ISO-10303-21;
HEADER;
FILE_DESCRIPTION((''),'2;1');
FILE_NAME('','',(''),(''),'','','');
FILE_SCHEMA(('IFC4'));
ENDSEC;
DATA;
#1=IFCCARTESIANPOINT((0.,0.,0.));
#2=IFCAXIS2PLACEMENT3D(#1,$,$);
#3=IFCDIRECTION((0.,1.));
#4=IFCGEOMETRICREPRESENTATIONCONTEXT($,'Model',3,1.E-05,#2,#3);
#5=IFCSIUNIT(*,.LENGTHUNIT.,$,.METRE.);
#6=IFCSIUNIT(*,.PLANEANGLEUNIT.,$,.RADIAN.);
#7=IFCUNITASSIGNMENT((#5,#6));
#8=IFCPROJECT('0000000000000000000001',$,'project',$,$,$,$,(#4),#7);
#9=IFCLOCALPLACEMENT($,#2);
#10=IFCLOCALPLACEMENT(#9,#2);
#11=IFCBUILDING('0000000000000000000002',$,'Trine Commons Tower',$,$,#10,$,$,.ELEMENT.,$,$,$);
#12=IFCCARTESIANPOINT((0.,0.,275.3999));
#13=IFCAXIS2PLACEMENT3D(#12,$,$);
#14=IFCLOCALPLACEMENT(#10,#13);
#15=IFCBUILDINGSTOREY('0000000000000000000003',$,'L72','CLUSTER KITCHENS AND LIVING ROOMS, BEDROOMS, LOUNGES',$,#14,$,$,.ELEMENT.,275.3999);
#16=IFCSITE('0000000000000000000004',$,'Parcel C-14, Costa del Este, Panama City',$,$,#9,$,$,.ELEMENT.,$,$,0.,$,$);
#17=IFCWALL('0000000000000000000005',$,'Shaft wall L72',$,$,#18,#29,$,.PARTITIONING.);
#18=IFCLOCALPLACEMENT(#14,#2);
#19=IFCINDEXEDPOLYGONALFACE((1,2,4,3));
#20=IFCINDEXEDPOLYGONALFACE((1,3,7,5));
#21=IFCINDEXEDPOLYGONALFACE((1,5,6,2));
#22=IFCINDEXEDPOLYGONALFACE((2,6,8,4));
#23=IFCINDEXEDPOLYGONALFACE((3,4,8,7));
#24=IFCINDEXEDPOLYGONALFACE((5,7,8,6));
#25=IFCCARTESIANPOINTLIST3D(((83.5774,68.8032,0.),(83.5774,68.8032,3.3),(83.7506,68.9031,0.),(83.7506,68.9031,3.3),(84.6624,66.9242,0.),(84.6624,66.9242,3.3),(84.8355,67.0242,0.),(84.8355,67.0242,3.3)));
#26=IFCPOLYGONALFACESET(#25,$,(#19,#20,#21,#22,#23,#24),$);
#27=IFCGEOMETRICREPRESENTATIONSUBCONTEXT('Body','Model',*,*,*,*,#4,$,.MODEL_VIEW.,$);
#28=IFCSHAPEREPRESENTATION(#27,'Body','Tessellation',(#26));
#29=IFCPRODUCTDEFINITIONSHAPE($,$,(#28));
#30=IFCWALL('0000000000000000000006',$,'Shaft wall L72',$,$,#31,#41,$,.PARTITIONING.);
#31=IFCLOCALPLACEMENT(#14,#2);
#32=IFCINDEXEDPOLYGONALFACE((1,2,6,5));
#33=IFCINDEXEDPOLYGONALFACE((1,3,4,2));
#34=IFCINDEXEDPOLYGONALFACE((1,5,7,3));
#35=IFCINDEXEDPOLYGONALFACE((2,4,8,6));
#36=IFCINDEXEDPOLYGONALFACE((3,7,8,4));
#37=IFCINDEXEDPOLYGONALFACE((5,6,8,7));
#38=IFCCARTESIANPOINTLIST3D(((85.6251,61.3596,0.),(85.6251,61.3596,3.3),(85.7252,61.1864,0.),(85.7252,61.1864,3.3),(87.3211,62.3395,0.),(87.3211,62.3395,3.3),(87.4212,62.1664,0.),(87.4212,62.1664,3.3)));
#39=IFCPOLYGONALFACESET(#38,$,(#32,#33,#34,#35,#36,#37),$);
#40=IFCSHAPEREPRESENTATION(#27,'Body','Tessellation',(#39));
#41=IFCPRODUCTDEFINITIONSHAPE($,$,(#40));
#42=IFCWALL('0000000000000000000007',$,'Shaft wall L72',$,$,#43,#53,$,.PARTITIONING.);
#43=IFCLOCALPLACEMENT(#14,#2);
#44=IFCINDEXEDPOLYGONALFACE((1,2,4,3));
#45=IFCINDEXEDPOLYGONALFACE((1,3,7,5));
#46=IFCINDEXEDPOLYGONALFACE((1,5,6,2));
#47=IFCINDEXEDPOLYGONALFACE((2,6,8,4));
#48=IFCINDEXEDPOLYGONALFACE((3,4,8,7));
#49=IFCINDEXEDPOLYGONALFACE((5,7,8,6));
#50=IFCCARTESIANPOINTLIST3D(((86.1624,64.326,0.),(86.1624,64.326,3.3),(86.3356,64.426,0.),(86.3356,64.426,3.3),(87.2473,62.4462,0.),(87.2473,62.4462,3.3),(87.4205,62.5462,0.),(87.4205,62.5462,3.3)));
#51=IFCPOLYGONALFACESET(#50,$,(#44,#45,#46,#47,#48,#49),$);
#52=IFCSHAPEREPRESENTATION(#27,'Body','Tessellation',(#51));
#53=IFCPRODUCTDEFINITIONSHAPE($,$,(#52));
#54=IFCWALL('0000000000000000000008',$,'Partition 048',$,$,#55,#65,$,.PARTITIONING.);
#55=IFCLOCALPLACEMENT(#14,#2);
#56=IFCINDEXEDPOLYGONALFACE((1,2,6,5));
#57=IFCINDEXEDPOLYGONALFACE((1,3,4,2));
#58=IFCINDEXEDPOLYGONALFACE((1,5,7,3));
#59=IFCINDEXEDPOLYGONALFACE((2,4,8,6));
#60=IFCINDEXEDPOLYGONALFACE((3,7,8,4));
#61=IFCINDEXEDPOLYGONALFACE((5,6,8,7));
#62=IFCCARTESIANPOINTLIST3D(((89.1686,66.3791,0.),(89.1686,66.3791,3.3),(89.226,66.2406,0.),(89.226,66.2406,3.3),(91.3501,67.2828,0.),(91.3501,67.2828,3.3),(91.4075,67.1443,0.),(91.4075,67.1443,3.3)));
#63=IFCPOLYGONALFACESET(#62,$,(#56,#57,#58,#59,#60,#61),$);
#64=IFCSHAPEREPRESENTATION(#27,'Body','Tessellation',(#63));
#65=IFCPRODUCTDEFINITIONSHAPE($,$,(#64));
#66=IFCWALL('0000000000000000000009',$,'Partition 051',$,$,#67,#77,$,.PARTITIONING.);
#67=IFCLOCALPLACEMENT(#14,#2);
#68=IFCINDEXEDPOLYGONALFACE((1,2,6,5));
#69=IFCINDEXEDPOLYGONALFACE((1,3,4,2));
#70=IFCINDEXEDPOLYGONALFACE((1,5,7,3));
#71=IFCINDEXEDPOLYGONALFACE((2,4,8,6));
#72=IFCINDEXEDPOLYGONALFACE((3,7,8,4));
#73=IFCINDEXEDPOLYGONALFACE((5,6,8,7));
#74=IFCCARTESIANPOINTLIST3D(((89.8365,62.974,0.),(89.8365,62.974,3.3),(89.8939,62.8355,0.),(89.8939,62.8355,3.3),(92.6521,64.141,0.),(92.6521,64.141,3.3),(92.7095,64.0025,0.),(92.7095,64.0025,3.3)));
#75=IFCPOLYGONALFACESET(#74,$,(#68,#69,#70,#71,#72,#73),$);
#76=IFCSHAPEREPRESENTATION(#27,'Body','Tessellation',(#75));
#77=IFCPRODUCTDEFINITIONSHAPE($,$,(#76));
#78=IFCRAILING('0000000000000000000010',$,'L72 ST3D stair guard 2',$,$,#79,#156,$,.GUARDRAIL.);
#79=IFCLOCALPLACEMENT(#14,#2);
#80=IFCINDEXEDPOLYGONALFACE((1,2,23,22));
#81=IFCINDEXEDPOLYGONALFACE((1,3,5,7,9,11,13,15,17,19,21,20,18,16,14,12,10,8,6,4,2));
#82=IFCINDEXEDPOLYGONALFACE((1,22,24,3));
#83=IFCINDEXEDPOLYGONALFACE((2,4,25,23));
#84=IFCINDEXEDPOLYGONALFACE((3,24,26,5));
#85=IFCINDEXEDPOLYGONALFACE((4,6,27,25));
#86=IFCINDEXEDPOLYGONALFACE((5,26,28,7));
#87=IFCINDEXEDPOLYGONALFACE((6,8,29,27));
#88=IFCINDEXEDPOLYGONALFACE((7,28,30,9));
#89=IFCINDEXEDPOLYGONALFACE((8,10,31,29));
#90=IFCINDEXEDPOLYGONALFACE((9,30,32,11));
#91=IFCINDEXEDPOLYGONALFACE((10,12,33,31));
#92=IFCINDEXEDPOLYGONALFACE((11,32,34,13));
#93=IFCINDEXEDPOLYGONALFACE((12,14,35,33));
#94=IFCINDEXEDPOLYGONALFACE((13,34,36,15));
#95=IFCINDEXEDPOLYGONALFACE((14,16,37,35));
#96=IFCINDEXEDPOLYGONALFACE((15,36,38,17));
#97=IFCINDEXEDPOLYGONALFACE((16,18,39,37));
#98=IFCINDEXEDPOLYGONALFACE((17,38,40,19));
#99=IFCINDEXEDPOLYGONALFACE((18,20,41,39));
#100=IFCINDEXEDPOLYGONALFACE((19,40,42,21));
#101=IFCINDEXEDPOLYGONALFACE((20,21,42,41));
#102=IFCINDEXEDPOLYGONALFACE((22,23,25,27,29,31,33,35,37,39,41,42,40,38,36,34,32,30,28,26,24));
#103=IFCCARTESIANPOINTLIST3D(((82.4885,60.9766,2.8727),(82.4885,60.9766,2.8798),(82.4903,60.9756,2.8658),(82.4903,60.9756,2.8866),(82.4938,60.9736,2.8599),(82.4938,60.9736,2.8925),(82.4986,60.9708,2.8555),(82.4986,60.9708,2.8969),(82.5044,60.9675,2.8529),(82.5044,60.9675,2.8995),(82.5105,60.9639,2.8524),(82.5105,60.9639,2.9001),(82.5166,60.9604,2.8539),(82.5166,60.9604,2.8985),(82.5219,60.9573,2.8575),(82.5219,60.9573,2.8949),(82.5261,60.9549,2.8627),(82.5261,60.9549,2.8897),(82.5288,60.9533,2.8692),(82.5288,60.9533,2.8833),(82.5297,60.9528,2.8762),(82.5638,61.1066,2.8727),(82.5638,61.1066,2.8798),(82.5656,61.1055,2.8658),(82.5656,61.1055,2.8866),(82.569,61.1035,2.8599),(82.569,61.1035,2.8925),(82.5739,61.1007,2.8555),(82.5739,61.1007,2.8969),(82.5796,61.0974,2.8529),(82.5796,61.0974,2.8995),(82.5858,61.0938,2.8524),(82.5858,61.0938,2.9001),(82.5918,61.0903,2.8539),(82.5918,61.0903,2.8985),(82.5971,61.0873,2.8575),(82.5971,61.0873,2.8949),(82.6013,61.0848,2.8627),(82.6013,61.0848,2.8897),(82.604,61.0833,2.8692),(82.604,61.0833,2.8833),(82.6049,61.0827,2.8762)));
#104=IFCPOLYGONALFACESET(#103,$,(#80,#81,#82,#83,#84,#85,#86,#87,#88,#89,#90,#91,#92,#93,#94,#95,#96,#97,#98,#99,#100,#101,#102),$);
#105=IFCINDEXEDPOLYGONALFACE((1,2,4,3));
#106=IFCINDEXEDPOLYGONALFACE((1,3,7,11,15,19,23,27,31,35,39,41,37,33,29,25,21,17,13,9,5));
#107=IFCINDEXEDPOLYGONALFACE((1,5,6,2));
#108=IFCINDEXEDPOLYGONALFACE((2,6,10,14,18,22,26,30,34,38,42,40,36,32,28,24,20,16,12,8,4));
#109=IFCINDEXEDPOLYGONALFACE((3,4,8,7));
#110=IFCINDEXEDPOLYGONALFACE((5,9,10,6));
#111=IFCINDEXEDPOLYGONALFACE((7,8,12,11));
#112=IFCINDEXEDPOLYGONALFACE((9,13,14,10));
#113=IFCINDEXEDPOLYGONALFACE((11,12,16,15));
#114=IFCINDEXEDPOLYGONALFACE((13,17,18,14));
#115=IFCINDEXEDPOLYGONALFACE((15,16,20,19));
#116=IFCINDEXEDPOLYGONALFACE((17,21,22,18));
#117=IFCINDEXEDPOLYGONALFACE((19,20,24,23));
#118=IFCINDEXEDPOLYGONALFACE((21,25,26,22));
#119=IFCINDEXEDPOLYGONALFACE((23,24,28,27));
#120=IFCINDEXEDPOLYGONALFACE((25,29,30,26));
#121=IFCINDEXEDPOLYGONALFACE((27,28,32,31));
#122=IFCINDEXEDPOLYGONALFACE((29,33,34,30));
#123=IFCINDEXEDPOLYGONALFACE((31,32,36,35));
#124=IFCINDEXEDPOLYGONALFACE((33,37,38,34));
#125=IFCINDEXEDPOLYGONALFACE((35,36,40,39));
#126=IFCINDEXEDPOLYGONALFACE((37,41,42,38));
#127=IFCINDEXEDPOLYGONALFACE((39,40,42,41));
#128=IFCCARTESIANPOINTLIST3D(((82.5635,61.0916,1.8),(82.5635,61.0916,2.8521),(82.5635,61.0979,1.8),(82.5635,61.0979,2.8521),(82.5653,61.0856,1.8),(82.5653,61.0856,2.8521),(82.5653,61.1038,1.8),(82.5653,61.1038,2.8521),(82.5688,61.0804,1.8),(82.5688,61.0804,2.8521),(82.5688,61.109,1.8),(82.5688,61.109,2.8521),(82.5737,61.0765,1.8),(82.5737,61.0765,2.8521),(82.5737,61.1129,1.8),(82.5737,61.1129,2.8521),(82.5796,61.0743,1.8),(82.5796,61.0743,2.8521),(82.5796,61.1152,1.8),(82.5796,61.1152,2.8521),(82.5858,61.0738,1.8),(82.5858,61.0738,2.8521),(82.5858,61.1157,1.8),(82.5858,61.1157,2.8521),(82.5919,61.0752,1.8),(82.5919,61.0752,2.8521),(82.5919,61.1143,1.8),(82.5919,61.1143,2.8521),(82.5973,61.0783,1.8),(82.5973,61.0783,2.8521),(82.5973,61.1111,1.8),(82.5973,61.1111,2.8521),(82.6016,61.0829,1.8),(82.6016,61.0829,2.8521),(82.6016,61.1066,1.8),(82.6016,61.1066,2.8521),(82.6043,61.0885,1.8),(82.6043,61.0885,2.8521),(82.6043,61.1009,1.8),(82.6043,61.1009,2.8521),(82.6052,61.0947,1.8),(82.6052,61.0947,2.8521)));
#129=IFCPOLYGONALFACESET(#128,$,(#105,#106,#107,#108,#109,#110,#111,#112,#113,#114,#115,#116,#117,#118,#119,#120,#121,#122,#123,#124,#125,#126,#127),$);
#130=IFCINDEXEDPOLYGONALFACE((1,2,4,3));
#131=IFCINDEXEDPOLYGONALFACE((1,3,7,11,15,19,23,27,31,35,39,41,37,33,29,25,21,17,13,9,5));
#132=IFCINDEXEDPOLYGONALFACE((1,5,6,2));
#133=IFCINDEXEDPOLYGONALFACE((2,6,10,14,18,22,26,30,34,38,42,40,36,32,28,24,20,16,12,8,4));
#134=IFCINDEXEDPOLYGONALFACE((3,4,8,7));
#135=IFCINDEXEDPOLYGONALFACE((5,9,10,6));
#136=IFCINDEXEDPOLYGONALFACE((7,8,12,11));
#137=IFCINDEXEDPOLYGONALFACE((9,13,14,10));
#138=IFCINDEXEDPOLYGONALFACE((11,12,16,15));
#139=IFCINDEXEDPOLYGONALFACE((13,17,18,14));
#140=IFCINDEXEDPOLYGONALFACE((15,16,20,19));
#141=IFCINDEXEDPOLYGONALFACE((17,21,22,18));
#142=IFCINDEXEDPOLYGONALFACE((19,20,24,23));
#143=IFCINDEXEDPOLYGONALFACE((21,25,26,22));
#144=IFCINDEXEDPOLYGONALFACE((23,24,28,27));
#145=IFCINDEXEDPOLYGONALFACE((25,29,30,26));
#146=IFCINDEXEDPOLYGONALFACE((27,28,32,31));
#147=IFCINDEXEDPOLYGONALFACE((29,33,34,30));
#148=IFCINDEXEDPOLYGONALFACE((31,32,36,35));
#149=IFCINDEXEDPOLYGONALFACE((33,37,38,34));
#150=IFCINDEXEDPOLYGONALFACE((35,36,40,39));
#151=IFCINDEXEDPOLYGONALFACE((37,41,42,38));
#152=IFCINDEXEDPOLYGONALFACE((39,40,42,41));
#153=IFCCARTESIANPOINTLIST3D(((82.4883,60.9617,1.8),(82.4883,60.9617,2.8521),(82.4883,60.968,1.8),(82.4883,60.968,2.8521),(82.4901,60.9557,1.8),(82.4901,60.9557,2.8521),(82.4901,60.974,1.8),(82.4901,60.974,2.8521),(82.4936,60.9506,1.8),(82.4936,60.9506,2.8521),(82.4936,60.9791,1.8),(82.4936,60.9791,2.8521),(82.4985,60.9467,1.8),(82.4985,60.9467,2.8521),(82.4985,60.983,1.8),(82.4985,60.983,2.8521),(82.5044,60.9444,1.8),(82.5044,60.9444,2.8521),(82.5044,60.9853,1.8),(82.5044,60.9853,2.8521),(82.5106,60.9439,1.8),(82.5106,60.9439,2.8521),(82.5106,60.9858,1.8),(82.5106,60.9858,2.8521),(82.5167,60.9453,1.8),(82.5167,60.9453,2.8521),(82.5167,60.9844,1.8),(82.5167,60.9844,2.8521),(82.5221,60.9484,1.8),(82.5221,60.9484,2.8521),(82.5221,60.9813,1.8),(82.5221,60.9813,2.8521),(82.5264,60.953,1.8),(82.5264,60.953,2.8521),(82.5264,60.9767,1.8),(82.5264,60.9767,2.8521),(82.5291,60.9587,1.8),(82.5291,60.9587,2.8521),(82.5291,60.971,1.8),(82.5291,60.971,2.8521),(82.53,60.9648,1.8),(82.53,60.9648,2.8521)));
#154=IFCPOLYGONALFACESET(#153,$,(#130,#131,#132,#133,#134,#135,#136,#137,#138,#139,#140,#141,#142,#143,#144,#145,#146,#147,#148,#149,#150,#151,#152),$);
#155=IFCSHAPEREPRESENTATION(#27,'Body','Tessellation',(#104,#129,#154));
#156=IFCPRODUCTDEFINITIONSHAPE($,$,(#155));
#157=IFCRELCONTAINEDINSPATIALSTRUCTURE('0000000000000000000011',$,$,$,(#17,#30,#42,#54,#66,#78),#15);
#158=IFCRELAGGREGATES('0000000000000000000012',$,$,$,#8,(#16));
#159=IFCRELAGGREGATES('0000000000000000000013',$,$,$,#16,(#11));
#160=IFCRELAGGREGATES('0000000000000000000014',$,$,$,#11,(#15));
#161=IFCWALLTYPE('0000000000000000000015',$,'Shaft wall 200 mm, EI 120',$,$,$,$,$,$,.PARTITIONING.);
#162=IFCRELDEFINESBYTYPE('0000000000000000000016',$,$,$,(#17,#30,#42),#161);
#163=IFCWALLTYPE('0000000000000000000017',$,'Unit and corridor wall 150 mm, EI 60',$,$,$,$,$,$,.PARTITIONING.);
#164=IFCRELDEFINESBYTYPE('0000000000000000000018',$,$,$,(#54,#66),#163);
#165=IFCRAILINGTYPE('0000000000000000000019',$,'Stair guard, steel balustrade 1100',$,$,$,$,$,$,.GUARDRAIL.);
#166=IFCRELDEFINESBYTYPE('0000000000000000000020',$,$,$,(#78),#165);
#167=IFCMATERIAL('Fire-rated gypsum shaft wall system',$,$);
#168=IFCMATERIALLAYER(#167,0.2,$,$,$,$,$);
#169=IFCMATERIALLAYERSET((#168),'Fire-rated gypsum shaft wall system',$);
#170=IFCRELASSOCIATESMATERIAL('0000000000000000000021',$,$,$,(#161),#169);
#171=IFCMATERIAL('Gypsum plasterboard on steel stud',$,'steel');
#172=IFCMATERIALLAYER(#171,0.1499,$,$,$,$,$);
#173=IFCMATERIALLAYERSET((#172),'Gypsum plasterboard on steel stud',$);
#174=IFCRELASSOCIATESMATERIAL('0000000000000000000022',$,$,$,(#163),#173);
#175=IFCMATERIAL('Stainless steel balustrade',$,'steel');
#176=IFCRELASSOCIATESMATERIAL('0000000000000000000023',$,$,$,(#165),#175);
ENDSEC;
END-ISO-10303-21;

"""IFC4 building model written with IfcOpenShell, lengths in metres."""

from ifc_helpers import new_model, si_unit, direction, frame, frame_2d, origin, origin_2d, place, context, subcontext, project, spatial, rectangle, circle, extrude, material, layer, layer_set, type_object, element, save


model = new_model("IFC4")

# Units and contexts
model_context = context("Model", 3, precision=1e-05, world=origin(), true_north=direction((0.0, 1.0)))
body_context = subcontext(model_context, "Body", "Model", "MODEL_VIEW")
ifc_project = project(units=[si_unit("LENGTHUNIT", "METRE"), si_unit("PLANEANGLEUNIT", "RADIAN")], contexts=[model_context])

# Site, building, storey
site_placement = place(None, origin())
site = spatial("IfcSite", under=ifc_project, at=site_placement, Name="Parcel C-14, Costa del Este, Panama City", CompositionType="ELEMENT", RefElevation=0.0)
building_placement = place(site_placement, origin())
building = spatial("IfcBuilding", under=site, at=building_placement, Name="Trine Commons Tower", CompositionType="ELEMENT")
storey_placement = place(building_placement, frame((0.0, 0.0, 275.3999)))
storey = spatial("IfcBuildingStorey", under=building, at=storey_placement, Name="L72", Description="CLUSTER KITCHENS AND LIVING ROOMS, BEDROOMS, LOUNGES", CompositionType="ELEMENT", Elevation=275.3999)

# Shared definitions
ifc_material_1 = material(Name="Fire-rated gypsum shaft wall system")

# Walls
ifc_layer_1 = layer(ifc_material_1, 0.2)
ifc_layer_set_1 = layer_set([ifc_layer_1], Name="Fire-rated gypsum shaft wall system")
wall_type_1 = type_object("IfcWallType", Name="Shaft wall 200 mm, EI 120", PredefinedType="PARTITIONING", material=ifc_layer_set_1)
wall_1_placement = place(storey_placement, frame((84.749, 66.9741, 0.0), z_axis=(0.0, 0.0, 1.0), x_axis=(-0.50006, 0.865991, 0.0)))
element("IfcWall", 1, at=wall_1_placement, inside=storey, type_object=wall_type_1, Name="Shaft wall L72", PredefinedType="PARTITIONING", context=body_context, shape_type="SweptSolid", body=[
    extrude(rectangle(XDim=2.1697, YDim=0.2, at=frame_2d((1.085, 0.0))), origin(), (0.0, 0.0, 1.0), 3.3),
])
wall_2_placement = place(storey_placement, frame((85.675, 61.2729, 0.0), z_axis=(0.0, 0.0, 1.0), x_axis=(0.865855, 0.500294, 0.0)))
element("IfcWall", 2, at=wall_2_placement, inside=storey, type_object=wall_type_1, Name="Shaft wall L72", PredefinedType="PARTITIONING", context=body_context, shape_type="SweptSolid", body=[
    extrude(rectangle(XDim=1.9587, YDim=0.2, at=frame_2d((0.9795, 0.0))), origin(), (0.0, 0.0, 1.0), 3.3),
])
wall_3_placement = place(storey_placement, frame((86.249, 64.376, 0.0), z_axis=(0.0, 0.0, 1.0), x_axis=(0.499865, -0.866103, 0.0)))
element("IfcWall", 3, at=wall_3_placement, inside=storey, type_object=wall_type_1, Name="Shaft wall L72", PredefinedType="PARTITIONING", context=body_context, shape_type="SweptSolid", body=[
    extrude(rectangle(XDim=2.1704, YDim=0.2, at=frame_2d((1.0852, 0.0))), origin(), (0.0, 0.0, 1.0), 3.3),
])
ifc_material_2 = material(Name="Gypsum plasterboard on steel stud", Category="steel")
ifc_layer_2 = layer(ifc_material_2, 0.1499)
ifc_layer_set_2 = layer_set([ifc_layer_2], Name="Gypsum plasterboard on steel stud")
wall_type_2 = type_object("IfcWallType", Name="Unit and corridor wall 150 mm, EI 60", PredefinedType="PARTITIONING", material=ifc_layer_set_2)
wall_4_placement = place(storey_placement, frame((89.1973, 66.3098, 0.0), z_axis=(0.0, 0.0, 1.0), x_axis=(0.923858, 0.382735, 0.0)))
element("IfcWall", 4, at=wall_4_placement, inside=storey, type_object=wall_type_2, Name="Partition 048", PredefinedType="PARTITIONING", context=body_context, shape_type="SweptSolid", body=[
    extrude(rectangle(XDim=2.3613, YDim=0.1499, at=frame_2d((1.1807, 0.0))), origin(), (0.0, 0.0, 1.0), 3.3),
])
wall_5_placement = place(storey_placement, frame((89.8652, 62.9048, 0.0), z_axis=(0.0, 0.0, 1.0), x_axis=(0.923798, 0.38288, 0.0)))
element("IfcWall", 5, at=wall_5_placement, inside=storey, type_object=wall_type_2, Name="Partition 051", PredefinedType="PARTITIONING", context=body_context, shape_type="SweptSolid", body=[
    extrude(rectangle(XDim=3.0479, YDim=0.1499, at=frame_2d((1.5239, 0.0))), origin(), (0.0, 0.0, 1.0), 3.3),
])

# Railing
ifc_material_3 = material(Name="Stainless steel balustrade", Category="steel")
railing_type_1 = type_object("IfcRailingType", Name="Stair guard, steel balustrade 1100", PredefinedType="GUARDRAIL", material=ifc_material_3)
railing_1_placement = place(storey_placement, frame((82.5842, 61.0947, 1.8)))
element("IfcRailing", 6, at=railing_1_placement, inside=storey, type_object=railing_type_1, Name="L72 ST3D stair guard 2", PredefinedType="GUARDRAIL", context=body_context, shape_type="SweptSolid", body=[
    extrude(circle(Radius=0.0239, at=origin_2d()), frame((0.0, 0.0, 1.0762), z_axis=(-0.501036, -0.865426, 0.0), x_axis=(0.865426, -0.501036, 0.0)), (0.0, 0.0, 1.0), 0.1501),
    extrude(circle(Radius=0.021, at=origin_2d()), origin(), (0.0, 0.0, 1.0), 1.052),
    extrude(circle(Radius=0.021, at=origin_2d()), frame((-0.0752, -0.1299, 0.0)), (0.0, 0.0, 1.0), 1.052),
])

save(model, "model.ifc")
